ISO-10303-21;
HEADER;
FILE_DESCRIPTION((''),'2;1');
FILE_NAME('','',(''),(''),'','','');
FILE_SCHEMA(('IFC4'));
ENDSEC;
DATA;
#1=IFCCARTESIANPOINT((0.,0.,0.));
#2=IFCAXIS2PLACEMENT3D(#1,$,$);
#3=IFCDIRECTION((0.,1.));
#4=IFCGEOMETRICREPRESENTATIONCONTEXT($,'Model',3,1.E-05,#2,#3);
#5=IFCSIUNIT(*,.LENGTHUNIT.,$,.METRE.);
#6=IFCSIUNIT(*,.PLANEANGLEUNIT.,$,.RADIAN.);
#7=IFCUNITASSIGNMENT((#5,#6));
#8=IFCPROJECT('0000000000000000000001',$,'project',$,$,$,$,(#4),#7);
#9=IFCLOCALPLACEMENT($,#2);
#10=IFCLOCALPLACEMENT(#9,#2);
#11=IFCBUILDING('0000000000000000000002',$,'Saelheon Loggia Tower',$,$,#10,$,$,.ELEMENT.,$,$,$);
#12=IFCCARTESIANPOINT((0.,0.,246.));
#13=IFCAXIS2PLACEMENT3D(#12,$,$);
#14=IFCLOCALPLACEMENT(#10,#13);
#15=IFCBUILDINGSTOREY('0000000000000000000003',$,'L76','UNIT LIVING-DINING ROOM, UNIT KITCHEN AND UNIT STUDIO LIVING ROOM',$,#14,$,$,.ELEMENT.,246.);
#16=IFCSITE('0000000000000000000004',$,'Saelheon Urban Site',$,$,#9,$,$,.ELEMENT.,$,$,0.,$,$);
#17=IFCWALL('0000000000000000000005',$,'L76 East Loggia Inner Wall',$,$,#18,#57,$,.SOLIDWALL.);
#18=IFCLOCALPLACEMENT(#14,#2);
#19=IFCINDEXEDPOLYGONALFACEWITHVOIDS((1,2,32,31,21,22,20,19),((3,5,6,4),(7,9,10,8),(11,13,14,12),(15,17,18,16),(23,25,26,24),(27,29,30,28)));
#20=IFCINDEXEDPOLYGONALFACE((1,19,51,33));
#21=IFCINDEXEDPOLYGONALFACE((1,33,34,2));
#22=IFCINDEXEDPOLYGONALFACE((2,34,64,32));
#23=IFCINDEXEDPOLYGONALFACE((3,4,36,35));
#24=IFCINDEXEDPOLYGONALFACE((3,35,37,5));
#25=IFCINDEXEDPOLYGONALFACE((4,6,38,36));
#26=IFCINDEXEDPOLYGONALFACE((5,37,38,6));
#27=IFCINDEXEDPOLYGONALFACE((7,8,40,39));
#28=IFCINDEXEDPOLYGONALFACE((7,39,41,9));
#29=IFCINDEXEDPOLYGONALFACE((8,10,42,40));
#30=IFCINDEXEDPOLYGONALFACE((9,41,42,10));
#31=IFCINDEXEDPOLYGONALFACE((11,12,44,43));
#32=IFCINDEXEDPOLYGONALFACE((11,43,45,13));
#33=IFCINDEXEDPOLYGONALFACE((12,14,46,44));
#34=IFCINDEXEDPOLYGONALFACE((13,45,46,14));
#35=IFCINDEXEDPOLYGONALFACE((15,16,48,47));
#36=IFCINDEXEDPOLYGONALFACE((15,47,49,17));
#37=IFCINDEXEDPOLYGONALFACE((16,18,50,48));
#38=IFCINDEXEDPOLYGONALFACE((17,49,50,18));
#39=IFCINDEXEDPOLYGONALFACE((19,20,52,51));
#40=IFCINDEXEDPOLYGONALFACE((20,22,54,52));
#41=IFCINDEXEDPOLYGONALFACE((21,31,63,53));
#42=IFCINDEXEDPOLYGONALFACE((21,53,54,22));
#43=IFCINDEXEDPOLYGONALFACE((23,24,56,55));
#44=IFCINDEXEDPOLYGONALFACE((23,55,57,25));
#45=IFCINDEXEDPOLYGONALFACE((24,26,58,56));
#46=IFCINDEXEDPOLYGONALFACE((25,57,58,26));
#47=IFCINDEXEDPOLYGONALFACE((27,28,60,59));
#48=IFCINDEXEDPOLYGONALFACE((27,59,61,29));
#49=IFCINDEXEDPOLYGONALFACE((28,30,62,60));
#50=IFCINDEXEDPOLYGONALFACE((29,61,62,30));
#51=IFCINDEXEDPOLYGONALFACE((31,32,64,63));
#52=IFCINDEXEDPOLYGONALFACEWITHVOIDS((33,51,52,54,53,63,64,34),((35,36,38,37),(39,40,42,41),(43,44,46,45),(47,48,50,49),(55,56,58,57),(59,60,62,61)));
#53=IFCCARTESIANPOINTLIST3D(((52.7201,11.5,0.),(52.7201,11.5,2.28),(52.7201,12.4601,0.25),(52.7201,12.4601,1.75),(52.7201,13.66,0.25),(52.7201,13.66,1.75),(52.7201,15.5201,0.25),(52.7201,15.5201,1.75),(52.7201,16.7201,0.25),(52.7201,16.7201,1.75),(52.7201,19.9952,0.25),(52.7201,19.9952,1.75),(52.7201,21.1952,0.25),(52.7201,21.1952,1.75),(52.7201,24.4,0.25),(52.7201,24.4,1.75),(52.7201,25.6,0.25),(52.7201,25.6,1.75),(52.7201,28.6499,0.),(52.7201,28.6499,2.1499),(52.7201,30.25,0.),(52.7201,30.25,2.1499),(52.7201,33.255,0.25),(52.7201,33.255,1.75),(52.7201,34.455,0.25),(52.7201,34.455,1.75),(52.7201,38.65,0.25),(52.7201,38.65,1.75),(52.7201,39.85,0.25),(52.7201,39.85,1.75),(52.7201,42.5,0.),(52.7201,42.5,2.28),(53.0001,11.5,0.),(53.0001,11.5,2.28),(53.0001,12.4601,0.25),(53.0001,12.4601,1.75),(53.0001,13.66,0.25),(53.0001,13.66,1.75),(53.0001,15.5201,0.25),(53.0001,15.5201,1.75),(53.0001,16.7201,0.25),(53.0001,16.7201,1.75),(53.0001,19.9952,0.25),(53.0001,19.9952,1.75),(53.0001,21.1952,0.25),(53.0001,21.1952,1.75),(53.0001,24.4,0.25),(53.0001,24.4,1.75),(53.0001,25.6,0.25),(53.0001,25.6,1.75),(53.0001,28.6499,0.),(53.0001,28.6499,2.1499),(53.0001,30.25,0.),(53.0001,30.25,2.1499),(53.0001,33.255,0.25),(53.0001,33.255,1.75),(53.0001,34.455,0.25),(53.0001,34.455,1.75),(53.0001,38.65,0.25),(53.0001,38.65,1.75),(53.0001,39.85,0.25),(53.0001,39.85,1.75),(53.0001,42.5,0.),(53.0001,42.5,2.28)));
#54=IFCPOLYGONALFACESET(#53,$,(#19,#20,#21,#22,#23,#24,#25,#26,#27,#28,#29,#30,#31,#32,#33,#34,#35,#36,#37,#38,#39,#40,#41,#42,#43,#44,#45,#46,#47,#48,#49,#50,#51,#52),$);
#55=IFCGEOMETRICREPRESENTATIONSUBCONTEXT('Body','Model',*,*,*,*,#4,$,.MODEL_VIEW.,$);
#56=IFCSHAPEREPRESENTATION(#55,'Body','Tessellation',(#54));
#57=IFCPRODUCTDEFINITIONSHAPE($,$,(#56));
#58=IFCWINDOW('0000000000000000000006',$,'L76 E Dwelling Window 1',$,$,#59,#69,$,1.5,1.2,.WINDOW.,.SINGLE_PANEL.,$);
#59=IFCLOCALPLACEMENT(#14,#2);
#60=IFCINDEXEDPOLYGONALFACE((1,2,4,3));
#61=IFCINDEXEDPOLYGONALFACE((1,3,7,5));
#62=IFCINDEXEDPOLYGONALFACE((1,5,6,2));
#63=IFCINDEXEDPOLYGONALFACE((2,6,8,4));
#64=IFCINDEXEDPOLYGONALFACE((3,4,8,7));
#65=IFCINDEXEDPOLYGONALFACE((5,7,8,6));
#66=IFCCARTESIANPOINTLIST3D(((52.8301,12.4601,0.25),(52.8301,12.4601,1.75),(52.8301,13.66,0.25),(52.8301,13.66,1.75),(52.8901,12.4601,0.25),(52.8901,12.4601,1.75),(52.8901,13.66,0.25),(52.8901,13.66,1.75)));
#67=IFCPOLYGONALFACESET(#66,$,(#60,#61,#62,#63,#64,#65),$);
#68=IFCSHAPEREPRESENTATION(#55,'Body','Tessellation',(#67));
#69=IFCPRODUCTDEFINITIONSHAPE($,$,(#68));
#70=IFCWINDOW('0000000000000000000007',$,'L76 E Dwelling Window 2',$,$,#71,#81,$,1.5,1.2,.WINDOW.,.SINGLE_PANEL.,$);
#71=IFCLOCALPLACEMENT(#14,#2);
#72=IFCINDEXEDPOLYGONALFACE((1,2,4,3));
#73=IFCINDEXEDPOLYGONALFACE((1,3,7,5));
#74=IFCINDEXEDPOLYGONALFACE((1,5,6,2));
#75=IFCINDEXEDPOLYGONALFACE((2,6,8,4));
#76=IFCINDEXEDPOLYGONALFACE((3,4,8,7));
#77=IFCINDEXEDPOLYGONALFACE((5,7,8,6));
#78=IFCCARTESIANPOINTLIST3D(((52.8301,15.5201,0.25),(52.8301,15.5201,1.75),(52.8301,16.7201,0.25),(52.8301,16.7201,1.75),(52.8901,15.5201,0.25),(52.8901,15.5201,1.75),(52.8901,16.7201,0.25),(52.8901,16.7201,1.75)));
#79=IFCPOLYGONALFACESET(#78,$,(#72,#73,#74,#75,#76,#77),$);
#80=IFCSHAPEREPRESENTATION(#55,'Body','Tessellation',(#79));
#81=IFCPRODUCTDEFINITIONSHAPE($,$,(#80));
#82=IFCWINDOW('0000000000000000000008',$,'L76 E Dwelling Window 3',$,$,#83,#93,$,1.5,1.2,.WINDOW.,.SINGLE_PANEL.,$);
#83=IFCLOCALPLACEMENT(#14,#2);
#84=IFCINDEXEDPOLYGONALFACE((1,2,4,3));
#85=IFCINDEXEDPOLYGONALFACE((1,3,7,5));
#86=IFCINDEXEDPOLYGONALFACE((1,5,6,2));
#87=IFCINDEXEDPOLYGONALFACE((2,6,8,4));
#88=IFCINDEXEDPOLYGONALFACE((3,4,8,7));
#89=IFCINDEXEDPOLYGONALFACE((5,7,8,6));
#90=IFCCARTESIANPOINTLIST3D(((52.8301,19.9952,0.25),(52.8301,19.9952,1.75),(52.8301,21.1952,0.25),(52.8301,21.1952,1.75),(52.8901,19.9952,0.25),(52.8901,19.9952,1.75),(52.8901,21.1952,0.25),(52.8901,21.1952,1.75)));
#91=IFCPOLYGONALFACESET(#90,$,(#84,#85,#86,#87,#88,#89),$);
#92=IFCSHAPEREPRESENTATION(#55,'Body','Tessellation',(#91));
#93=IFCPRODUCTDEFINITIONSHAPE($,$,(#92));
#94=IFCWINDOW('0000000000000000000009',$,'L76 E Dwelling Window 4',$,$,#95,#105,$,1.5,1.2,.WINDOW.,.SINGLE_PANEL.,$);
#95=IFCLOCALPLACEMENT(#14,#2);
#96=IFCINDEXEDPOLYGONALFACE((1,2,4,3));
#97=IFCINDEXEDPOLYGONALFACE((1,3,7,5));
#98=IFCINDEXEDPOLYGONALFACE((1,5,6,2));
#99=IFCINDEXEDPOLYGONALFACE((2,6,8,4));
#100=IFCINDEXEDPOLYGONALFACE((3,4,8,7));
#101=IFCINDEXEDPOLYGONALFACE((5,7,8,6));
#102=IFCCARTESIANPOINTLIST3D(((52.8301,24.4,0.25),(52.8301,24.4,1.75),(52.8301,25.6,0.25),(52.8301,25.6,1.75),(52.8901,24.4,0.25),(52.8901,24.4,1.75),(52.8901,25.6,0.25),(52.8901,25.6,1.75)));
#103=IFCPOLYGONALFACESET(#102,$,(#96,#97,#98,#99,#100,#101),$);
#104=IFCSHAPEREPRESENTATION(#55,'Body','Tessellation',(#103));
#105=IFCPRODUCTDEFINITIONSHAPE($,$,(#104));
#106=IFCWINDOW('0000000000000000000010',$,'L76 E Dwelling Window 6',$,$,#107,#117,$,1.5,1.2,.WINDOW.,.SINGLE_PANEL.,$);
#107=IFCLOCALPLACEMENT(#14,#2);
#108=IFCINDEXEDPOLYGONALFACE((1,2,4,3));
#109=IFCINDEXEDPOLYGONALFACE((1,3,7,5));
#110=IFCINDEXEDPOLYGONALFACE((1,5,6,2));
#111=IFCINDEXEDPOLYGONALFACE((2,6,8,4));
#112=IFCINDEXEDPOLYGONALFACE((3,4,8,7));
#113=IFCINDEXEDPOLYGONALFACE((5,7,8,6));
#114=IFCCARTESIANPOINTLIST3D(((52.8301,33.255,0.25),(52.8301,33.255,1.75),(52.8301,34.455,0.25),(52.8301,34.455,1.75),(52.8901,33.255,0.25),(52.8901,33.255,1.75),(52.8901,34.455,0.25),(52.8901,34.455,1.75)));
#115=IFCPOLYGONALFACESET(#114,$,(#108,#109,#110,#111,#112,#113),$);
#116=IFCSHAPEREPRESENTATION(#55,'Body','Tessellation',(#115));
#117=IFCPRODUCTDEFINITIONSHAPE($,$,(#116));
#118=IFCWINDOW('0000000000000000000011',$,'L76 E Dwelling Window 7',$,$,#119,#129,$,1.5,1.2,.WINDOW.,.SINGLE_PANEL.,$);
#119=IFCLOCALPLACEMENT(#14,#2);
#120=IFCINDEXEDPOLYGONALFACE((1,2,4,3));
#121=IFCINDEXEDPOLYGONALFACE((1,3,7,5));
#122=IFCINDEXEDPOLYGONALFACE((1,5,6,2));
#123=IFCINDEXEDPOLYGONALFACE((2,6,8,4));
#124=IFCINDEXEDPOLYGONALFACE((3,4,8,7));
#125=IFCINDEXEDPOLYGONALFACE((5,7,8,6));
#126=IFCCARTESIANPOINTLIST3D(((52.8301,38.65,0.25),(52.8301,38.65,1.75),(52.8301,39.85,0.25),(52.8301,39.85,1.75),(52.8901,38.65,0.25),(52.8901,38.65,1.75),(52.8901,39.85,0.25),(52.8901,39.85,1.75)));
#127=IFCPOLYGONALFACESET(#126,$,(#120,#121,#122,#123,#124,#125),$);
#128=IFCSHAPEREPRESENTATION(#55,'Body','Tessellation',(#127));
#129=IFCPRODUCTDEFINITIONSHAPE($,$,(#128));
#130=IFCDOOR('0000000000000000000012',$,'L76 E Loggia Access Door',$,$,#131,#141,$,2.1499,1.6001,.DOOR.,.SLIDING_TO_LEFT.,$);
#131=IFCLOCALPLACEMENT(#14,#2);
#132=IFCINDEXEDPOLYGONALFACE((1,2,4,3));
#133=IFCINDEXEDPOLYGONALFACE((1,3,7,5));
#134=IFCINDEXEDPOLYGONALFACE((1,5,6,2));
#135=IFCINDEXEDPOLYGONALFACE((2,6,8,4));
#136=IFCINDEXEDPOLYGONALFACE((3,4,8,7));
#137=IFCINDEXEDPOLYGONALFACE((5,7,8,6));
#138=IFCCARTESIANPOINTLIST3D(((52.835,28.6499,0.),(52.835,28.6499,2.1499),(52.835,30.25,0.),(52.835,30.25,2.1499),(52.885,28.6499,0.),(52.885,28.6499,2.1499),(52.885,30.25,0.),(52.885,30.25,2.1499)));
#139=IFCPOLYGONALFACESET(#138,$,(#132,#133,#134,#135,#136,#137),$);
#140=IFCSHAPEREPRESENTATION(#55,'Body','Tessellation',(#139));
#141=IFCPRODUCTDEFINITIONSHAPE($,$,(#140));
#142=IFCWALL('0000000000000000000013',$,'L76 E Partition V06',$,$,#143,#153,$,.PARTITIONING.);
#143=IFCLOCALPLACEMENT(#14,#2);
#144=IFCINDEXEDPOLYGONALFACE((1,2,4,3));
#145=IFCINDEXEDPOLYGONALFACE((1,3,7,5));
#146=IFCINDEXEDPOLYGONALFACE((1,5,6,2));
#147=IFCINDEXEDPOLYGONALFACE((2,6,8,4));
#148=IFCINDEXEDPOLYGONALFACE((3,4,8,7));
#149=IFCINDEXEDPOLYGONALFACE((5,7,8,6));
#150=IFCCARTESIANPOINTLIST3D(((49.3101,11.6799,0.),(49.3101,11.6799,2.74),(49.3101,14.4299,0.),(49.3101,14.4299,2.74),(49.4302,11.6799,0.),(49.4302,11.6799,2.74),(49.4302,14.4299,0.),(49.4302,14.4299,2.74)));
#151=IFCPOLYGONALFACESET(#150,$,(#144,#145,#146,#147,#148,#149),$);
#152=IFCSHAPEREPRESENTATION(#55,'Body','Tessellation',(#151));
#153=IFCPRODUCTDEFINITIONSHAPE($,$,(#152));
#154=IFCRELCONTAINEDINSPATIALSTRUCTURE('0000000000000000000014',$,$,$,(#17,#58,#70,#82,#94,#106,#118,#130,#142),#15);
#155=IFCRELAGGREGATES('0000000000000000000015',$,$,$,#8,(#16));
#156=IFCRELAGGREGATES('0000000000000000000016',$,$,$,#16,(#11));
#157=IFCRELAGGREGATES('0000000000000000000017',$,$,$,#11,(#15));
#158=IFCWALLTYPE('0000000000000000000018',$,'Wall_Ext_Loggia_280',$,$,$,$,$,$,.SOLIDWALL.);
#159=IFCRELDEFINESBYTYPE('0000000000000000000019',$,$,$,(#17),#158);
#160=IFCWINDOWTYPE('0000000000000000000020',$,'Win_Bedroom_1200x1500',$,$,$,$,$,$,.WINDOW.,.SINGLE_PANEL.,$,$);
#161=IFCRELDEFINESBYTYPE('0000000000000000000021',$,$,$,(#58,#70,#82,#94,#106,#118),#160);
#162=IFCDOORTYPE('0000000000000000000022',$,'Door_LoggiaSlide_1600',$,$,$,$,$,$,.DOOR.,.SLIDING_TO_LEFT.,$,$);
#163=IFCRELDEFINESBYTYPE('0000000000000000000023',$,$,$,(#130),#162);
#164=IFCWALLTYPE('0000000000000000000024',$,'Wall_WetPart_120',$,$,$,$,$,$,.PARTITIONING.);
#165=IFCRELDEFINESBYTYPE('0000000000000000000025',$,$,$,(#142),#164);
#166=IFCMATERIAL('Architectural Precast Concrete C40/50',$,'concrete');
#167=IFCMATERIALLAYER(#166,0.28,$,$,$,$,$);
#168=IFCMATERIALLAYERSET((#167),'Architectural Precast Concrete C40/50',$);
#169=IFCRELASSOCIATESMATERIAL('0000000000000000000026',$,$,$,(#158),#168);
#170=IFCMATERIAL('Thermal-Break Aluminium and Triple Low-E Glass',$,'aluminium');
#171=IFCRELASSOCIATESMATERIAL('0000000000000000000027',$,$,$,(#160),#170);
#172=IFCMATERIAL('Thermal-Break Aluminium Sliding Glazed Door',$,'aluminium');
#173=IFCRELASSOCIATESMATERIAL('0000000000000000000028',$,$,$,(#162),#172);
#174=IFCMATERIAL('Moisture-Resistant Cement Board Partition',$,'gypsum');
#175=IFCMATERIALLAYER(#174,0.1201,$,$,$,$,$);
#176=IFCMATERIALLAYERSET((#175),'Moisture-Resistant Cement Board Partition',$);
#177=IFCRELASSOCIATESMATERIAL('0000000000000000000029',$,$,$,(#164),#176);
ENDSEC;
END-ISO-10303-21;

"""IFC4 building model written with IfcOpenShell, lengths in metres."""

from ifc_helpers import new_model, si_unit, direction, frame, frame_2d, origin, place, context, subcontext, project, spatial, rectangle, extrude, source, transform, mapped, material, layer, layer_set, type_object, element, fill, save


model = new_model("IFC4")

# Units and contexts
model_context = context("Model", 3, precision=1e-05, world=origin(), true_north=direction((0.0, 1.0)))
body_context = subcontext(model_context, "Body", "Model", "MODEL_VIEW")
ifc_project = project(units=[si_unit("LENGTHUNIT", "METRE"), si_unit("PLANEANGLEUNIT", "RADIAN")], contexts=[model_context])

# Site, building, storey
site_placement = place(None, origin())
site = spatial("IfcSite", under=ifc_project, at=site_placement, Name="Saelheon Urban Site", CompositionType="ELEMENT", RefElevation=0.0)
building_placement = place(site_placement, origin())
building = spatial("IfcBuilding", under=site, at=building_placement, Name="Saelheon Loggia Tower", CompositionType="ELEMENT")
storey_placement = place(building_placement, frame((0.0, 0.0, 246.0)))
storey = spatial("IfcBuildingStorey", under=building, at=storey_placement, Name="L76", Description="UNIT LIVING-DINING ROOM, UNIT KITCHEN AND UNIT STUDIO LIVING ROOM", CompositionType="ELEMENT", Elevation=246.0)

# Wall, openings, windows, door
ifc_material_1 = material(Name="Architectural Precast Concrete C40/50", Category="concrete")
ifc_layer_1 = layer(ifc_material_1, 0.28)
ifc_layer_set_1 = layer_set([ifc_layer_1], Name="Architectural Precast Concrete C40/50")
wall_type_1 = type_object("IfcWallType", Name="Wall_Ext_Loggia_280", PredefinedType="SOLIDWALL", material=ifc_layer_set_1)
wall_1_placement = place(storey_placement, frame((52.8601, 11.5, 0.0), z_axis=(0.0, 0.0, 1.0), x_axis=(0.0, 1.0, 0.0)))
wall_1 = element("IfcWall", 1, at=wall_1_placement, inside=storey, type_object=wall_type_1, Name="L76 East Loggia Inner Wall", PredefinedType="SOLIDWALL", context=body_context, shape_type="SweptSolid", body=[
    extrude(rectangle(XDim=31.0, YDim=0.28, at=frame_2d((15.5, 0.0))), origin(), (0.0, 0.0, 1.0), 2.28),
])
opening_1_placement = place(wall_1_placement, frame((0.96, 0.0, 0.25)))
opening_1 = element("IfcOpeningElement", 2, at=opening_1_placement, cuts=wall_1, PredefinedType="OPENING", context=body_context, shape_type="SweptSolid", body=[
    extrude(rectangle(XDim=1.2, YDim=1.5, at=frame_2d((0.6001, 0.75))), frame((0.0, 0.1521, 0.0), z_axis=(0.0, -1.0, 0.0), x_axis=(1.0, 0.0, 0.0)), (0.0, 0.0, 1.0), 0.304),
])
opening_2_placement = place(wall_1_placement, frame((4.02, 0.0, 0.25)))
opening_2 = element("IfcOpeningElement", 3, at=opening_2_placement, cuts=wall_1, PredefinedType="OPENING", context=body_context, shape_type="SweptSolid", body=[
    extrude(rectangle(XDim=1.2, YDim=1.5, at=frame_2d((0.6001, 0.75))), frame((0.0, 0.1521, 0.0), z_axis=(0.0, -1.0, 0.0), x_axis=(1.0, 0.0, 0.0)), (0.0, 0.0, 1.0), 0.304),
])
opening_3_placement = place(wall_1_placement, frame((8.4951, 0.0, 0.25)))
opening_3 = element("IfcOpeningElement", 4, at=opening_3_placement, cuts=wall_1, PredefinedType="OPENING", context=body_context, shape_type="SweptSolid", body=[
    extrude(rectangle(XDim=1.2, YDim=1.5, at=frame_2d((0.6001, 0.75))), frame((0.0, 0.1521, 0.0), z_axis=(0.0, -1.0, 0.0), x_axis=(1.0, 0.0, 0.0)), (0.0, 0.0, 1.0), 0.304),
])
opening_4_placement = place(wall_1_placement, frame((12.8999, 0.0, 0.25)))
opening_4 = element("IfcOpeningElement", 5, at=opening_4_placement, cuts=wall_1, PredefinedType="OPENING", context=body_context, shape_type="SweptSolid", body=[
    extrude(rectangle(XDim=1.2, YDim=1.5, at=frame_2d((0.6001, 0.75))), frame((0.0, 0.1521, 0.0), z_axis=(0.0, -1.0, 0.0), x_axis=(1.0, 0.0, 0.0)), (0.0, 0.0, 1.0), 0.304),
])
opening_5_placement = place(wall_1_placement, frame((18.75, 0.0, 0.0), z_axis=(0.0, 0.0, 1.0), x_axis=(-1.0, 0.0, 0.0)))
opening_5 = element("IfcOpeningElement", 6, at=opening_5_placement, cuts=wall_1, PredefinedType="OPENING", context=body_context, shape_type="SweptSolid", body=[
    extrude(rectangle(XDim=1.6001, YDim=2.1499, at=frame_2d((0.8, 1.075))), frame((0.0, 0.1521, 0.0), z_axis=(0.0, -1.0, 0.0), x_axis=(1.0, 0.0, 0.0)), (0.0, 0.0, 1.0), 0.304),
])
opening_6_placement = place(wall_1_placement, frame((21.7549, 0.0, 0.25)))
opening_6 = element("IfcOpeningElement", 7, at=opening_6_placement, cuts=wall_1, PredefinedType="OPENING", context=body_context, shape_type="SweptSolid", body=[
    extrude(rectangle(XDim=1.2, YDim=1.5, at=frame_2d((0.6001, 0.75))), frame((0.0, 0.1521, 0.0), z_axis=(0.0, -1.0, 0.0), x_axis=(1.0, 0.0, 0.0)), (0.0, 0.0, 1.0), 0.304),
])
opening_7_placement = place(wall_1_placement, frame((27.1499, 0.0, 0.25)))
opening_7 = element("IfcOpeningElement", 8, at=opening_7_placement, cuts=wall_1, PredefinedType="OPENING", context=body_context, shape_type="SweptSolid", body=[
    extrude(rectangle(XDim=1.2, YDim=1.5, at=frame_2d((0.6001, 0.75))), frame((0.0, 0.1521, 0.0), z_axis=(0.0, -1.0, 0.0), x_axis=(1.0, 0.0, 0.0)), (0.0, 0.0, 1.0), 0.304),
])
ifc_material_2 = material(Name="Thermal-Break Aluminium and Triple Low-E Glass", Category="aluminium")
window_type = type_object("IfcWindowType", Name="Win_Bedroom_1200x1500", PartitioningType="SINGLE_PANEL", PredefinedType="WINDOW", material=ifc_material_2)
shared_shape_1 = source(origin(), body_context, "Body", "SweptSolid", [
    extrude(rectangle(XDim=1.2, YDim=1.5, at=frame_2d((0.6001, 0.75))), frame((0.0, 0.03, 0.0), z_axis=(0.0, -1.0, 0.0), x_axis=(1.0, 0.0, 0.0)), (0.0, 0.0, 1.0), 0.0601),
])
window_1_placement = place(opening_1_placement, origin())
window_1 = element("IfcWindow", 9, at=window_1_placement, inside=storey, type_object=window_type, Name="L76 E Dwelling Window 1", OverallHeight=1.5, OverallWidth=1.2, PartitioningType="SINGLE_PANEL", PredefinedType="WINDOW", context=body_context, shape_type="MappedRepresentation", body=[
    mapped(shared_shape_1, transform((0.0, 0.0, 0.0), scale=1.0)),
])
fill(opening_1, window_1)
window_2_placement = place(opening_2_placement, origin())
window_2 = element("IfcWindow", 10, at=window_2_placement, inside=storey, type_object=window_type, Name="L76 E Dwelling Window 2", OverallHeight=1.5, OverallWidth=1.2, PartitioningType="SINGLE_PANEL", PredefinedType="WINDOW", context=body_context, shape_type="MappedRepresentation", body=[
    mapped(shared_shape_1, transform((0.0, 0.0, 0.0), scale=1.0)),
])
fill(opening_2, window_2)
window_3_placement = place(opening_3_placement, origin())
window_3 = element("IfcWindow", 11, at=window_3_placement, inside=storey, type_object=window_type, Name="L76 E Dwelling Window 3", OverallHeight=1.5, OverallWidth=1.2, PartitioningType="SINGLE_PANEL", PredefinedType="WINDOW", context=body_context, shape_type="MappedRepresentation", body=[
    mapped(shared_shape_1, transform((0.0, 0.0, 0.0), scale=1.0)),
])
fill(opening_3, window_3)
window_4_placement = place(opening_4_placement, origin())
window_4 = element("IfcWindow", 12, at=window_4_placement, inside=storey, type_object=window_type, Name="L76 E Dwelling Window 4", OverallHeight=1.5, OverallWidth=1.2, PartitioningType="SINGLE_PANEL", PredefinedType="WINDOW", context=body_context, shape_type="MappedRepresentation", body=[
    mapped(shared_shape_1, transform((0.0, 0.0, 0.0), scale=1.0)),
])
fill(opening_4, window_4)
window_5_placement = place(opening_6_placement, origin())
window_5 = element("IfcWindow", 13, at=window_5_placement, inside=storey, type_object=window_type, Name="L76 E Dwelling Window 6", OverallHeight=1.5, OverallWidth=1.2, PartitioningType="SINGLE_PANEL", PredefinedType="WINDOW", context=body_context, shape_type="MappedRepresentation", body=[
    mapped(shared_shape_1, transform((0.0, 0.0, 0.0), scale=1.0)),
])
fill(opening_6, window_5)
window_6_placement = place(opening_7_placement, origin())
window_6 = element("IfcWindow", 14, at=window_6_placement, inside=storey, type_object=window_type, Name="L76 E Dwelling Window 7", OverallHeight=1.5, OverallWidth=1.2, PartitioningType="SINGLE_PANEL", PredefinedType="WINDOW", context=body_context, shape_type="MappedRepresentation", body=[
    mapped(shared_shape_1, transform((0.0, 0.0, 0.0), scale=1.0)),
])
fill(opening_7, window_6)
ifc_material_3 = material(Name="Thermal-Break Aluminium Sliding Glazed Door", Category="aluminium")
door_type_1 = type_object("IfcDoorType", Name="Door_LoggiaSlide_1600", OperationType="SLIDING_TO_LEFT", PredefinedType="DOOR", material=ifc_material_3)
shared_shape_2 = source(origin(), body_context, "Body", "SweptSolid", [
    extrude(rectangle(XDim=1.6001, YDim=2.1499, at=frame_2d((0.8, 1.075))), frame((0.0, 0.0249, 0.0), z_axis=(0.0, -1.0, 0.0), x_axis=(1.0, 0.0, 0.0)), (0.0, 0.0, 1.0), 0.05),
])
door_1_placement = place(opening_5_placement, origin())
door_1 = element("IfcDoor", 15, at=door_1_placement, inside=storey, type_object=door_type_1, Name="L76 E Loggia Access Door", OperationType="SLIDING_TO_LEFT", OverallHeight=2.1499, OverallWidth=1.6001, PredefinedType="DOOR", context=body_context, shape_type="MappedRepresentation", body=[
    mapped(shared_shape_2, transform((0.0, 0.0, 0.0), scale=1.0)),
])
fill(opening_5, door_1)

# Wall
ifc_material_4 = material(Name="Moisture-Resistant Cement Board Partition", Category="gypsum")
ifc_layer_2 = layer(ifc_material_4, 0.1201)
ifc_layer_set_2 = layer_set([ifc_layer_2], Name="Moisture-Resistant Cement Board Partition")
wall_type_2 = type_object("IfcWallType", Name="Wall_WetPart_120", PredefinedType="PARTITIONING", material=ifc_layer_set_2)
wall_2_placement = place(storey_placement, frame((49.3701, 11.6799, 0.0), z_axis=(0.0, 0.0, 1.0), x_axis=(0.0, 1.0, 0.0)))
element("IfcWall", 16, at=wall_2_placement, inside=storey, type_object=wall_type_2, Name="L76 E Partition V06", PredefinedType="PARTITIONING", context=body_context, shape_type="SweptSolid", body=[
    extrude(rectangle(XDim=2.75, YDim=0.1201, at=frame_2d((1.375, 0.0))), origin(), (0.0, 0.0, 1.0), 2.74),
])

save(model, "model.ifc")
